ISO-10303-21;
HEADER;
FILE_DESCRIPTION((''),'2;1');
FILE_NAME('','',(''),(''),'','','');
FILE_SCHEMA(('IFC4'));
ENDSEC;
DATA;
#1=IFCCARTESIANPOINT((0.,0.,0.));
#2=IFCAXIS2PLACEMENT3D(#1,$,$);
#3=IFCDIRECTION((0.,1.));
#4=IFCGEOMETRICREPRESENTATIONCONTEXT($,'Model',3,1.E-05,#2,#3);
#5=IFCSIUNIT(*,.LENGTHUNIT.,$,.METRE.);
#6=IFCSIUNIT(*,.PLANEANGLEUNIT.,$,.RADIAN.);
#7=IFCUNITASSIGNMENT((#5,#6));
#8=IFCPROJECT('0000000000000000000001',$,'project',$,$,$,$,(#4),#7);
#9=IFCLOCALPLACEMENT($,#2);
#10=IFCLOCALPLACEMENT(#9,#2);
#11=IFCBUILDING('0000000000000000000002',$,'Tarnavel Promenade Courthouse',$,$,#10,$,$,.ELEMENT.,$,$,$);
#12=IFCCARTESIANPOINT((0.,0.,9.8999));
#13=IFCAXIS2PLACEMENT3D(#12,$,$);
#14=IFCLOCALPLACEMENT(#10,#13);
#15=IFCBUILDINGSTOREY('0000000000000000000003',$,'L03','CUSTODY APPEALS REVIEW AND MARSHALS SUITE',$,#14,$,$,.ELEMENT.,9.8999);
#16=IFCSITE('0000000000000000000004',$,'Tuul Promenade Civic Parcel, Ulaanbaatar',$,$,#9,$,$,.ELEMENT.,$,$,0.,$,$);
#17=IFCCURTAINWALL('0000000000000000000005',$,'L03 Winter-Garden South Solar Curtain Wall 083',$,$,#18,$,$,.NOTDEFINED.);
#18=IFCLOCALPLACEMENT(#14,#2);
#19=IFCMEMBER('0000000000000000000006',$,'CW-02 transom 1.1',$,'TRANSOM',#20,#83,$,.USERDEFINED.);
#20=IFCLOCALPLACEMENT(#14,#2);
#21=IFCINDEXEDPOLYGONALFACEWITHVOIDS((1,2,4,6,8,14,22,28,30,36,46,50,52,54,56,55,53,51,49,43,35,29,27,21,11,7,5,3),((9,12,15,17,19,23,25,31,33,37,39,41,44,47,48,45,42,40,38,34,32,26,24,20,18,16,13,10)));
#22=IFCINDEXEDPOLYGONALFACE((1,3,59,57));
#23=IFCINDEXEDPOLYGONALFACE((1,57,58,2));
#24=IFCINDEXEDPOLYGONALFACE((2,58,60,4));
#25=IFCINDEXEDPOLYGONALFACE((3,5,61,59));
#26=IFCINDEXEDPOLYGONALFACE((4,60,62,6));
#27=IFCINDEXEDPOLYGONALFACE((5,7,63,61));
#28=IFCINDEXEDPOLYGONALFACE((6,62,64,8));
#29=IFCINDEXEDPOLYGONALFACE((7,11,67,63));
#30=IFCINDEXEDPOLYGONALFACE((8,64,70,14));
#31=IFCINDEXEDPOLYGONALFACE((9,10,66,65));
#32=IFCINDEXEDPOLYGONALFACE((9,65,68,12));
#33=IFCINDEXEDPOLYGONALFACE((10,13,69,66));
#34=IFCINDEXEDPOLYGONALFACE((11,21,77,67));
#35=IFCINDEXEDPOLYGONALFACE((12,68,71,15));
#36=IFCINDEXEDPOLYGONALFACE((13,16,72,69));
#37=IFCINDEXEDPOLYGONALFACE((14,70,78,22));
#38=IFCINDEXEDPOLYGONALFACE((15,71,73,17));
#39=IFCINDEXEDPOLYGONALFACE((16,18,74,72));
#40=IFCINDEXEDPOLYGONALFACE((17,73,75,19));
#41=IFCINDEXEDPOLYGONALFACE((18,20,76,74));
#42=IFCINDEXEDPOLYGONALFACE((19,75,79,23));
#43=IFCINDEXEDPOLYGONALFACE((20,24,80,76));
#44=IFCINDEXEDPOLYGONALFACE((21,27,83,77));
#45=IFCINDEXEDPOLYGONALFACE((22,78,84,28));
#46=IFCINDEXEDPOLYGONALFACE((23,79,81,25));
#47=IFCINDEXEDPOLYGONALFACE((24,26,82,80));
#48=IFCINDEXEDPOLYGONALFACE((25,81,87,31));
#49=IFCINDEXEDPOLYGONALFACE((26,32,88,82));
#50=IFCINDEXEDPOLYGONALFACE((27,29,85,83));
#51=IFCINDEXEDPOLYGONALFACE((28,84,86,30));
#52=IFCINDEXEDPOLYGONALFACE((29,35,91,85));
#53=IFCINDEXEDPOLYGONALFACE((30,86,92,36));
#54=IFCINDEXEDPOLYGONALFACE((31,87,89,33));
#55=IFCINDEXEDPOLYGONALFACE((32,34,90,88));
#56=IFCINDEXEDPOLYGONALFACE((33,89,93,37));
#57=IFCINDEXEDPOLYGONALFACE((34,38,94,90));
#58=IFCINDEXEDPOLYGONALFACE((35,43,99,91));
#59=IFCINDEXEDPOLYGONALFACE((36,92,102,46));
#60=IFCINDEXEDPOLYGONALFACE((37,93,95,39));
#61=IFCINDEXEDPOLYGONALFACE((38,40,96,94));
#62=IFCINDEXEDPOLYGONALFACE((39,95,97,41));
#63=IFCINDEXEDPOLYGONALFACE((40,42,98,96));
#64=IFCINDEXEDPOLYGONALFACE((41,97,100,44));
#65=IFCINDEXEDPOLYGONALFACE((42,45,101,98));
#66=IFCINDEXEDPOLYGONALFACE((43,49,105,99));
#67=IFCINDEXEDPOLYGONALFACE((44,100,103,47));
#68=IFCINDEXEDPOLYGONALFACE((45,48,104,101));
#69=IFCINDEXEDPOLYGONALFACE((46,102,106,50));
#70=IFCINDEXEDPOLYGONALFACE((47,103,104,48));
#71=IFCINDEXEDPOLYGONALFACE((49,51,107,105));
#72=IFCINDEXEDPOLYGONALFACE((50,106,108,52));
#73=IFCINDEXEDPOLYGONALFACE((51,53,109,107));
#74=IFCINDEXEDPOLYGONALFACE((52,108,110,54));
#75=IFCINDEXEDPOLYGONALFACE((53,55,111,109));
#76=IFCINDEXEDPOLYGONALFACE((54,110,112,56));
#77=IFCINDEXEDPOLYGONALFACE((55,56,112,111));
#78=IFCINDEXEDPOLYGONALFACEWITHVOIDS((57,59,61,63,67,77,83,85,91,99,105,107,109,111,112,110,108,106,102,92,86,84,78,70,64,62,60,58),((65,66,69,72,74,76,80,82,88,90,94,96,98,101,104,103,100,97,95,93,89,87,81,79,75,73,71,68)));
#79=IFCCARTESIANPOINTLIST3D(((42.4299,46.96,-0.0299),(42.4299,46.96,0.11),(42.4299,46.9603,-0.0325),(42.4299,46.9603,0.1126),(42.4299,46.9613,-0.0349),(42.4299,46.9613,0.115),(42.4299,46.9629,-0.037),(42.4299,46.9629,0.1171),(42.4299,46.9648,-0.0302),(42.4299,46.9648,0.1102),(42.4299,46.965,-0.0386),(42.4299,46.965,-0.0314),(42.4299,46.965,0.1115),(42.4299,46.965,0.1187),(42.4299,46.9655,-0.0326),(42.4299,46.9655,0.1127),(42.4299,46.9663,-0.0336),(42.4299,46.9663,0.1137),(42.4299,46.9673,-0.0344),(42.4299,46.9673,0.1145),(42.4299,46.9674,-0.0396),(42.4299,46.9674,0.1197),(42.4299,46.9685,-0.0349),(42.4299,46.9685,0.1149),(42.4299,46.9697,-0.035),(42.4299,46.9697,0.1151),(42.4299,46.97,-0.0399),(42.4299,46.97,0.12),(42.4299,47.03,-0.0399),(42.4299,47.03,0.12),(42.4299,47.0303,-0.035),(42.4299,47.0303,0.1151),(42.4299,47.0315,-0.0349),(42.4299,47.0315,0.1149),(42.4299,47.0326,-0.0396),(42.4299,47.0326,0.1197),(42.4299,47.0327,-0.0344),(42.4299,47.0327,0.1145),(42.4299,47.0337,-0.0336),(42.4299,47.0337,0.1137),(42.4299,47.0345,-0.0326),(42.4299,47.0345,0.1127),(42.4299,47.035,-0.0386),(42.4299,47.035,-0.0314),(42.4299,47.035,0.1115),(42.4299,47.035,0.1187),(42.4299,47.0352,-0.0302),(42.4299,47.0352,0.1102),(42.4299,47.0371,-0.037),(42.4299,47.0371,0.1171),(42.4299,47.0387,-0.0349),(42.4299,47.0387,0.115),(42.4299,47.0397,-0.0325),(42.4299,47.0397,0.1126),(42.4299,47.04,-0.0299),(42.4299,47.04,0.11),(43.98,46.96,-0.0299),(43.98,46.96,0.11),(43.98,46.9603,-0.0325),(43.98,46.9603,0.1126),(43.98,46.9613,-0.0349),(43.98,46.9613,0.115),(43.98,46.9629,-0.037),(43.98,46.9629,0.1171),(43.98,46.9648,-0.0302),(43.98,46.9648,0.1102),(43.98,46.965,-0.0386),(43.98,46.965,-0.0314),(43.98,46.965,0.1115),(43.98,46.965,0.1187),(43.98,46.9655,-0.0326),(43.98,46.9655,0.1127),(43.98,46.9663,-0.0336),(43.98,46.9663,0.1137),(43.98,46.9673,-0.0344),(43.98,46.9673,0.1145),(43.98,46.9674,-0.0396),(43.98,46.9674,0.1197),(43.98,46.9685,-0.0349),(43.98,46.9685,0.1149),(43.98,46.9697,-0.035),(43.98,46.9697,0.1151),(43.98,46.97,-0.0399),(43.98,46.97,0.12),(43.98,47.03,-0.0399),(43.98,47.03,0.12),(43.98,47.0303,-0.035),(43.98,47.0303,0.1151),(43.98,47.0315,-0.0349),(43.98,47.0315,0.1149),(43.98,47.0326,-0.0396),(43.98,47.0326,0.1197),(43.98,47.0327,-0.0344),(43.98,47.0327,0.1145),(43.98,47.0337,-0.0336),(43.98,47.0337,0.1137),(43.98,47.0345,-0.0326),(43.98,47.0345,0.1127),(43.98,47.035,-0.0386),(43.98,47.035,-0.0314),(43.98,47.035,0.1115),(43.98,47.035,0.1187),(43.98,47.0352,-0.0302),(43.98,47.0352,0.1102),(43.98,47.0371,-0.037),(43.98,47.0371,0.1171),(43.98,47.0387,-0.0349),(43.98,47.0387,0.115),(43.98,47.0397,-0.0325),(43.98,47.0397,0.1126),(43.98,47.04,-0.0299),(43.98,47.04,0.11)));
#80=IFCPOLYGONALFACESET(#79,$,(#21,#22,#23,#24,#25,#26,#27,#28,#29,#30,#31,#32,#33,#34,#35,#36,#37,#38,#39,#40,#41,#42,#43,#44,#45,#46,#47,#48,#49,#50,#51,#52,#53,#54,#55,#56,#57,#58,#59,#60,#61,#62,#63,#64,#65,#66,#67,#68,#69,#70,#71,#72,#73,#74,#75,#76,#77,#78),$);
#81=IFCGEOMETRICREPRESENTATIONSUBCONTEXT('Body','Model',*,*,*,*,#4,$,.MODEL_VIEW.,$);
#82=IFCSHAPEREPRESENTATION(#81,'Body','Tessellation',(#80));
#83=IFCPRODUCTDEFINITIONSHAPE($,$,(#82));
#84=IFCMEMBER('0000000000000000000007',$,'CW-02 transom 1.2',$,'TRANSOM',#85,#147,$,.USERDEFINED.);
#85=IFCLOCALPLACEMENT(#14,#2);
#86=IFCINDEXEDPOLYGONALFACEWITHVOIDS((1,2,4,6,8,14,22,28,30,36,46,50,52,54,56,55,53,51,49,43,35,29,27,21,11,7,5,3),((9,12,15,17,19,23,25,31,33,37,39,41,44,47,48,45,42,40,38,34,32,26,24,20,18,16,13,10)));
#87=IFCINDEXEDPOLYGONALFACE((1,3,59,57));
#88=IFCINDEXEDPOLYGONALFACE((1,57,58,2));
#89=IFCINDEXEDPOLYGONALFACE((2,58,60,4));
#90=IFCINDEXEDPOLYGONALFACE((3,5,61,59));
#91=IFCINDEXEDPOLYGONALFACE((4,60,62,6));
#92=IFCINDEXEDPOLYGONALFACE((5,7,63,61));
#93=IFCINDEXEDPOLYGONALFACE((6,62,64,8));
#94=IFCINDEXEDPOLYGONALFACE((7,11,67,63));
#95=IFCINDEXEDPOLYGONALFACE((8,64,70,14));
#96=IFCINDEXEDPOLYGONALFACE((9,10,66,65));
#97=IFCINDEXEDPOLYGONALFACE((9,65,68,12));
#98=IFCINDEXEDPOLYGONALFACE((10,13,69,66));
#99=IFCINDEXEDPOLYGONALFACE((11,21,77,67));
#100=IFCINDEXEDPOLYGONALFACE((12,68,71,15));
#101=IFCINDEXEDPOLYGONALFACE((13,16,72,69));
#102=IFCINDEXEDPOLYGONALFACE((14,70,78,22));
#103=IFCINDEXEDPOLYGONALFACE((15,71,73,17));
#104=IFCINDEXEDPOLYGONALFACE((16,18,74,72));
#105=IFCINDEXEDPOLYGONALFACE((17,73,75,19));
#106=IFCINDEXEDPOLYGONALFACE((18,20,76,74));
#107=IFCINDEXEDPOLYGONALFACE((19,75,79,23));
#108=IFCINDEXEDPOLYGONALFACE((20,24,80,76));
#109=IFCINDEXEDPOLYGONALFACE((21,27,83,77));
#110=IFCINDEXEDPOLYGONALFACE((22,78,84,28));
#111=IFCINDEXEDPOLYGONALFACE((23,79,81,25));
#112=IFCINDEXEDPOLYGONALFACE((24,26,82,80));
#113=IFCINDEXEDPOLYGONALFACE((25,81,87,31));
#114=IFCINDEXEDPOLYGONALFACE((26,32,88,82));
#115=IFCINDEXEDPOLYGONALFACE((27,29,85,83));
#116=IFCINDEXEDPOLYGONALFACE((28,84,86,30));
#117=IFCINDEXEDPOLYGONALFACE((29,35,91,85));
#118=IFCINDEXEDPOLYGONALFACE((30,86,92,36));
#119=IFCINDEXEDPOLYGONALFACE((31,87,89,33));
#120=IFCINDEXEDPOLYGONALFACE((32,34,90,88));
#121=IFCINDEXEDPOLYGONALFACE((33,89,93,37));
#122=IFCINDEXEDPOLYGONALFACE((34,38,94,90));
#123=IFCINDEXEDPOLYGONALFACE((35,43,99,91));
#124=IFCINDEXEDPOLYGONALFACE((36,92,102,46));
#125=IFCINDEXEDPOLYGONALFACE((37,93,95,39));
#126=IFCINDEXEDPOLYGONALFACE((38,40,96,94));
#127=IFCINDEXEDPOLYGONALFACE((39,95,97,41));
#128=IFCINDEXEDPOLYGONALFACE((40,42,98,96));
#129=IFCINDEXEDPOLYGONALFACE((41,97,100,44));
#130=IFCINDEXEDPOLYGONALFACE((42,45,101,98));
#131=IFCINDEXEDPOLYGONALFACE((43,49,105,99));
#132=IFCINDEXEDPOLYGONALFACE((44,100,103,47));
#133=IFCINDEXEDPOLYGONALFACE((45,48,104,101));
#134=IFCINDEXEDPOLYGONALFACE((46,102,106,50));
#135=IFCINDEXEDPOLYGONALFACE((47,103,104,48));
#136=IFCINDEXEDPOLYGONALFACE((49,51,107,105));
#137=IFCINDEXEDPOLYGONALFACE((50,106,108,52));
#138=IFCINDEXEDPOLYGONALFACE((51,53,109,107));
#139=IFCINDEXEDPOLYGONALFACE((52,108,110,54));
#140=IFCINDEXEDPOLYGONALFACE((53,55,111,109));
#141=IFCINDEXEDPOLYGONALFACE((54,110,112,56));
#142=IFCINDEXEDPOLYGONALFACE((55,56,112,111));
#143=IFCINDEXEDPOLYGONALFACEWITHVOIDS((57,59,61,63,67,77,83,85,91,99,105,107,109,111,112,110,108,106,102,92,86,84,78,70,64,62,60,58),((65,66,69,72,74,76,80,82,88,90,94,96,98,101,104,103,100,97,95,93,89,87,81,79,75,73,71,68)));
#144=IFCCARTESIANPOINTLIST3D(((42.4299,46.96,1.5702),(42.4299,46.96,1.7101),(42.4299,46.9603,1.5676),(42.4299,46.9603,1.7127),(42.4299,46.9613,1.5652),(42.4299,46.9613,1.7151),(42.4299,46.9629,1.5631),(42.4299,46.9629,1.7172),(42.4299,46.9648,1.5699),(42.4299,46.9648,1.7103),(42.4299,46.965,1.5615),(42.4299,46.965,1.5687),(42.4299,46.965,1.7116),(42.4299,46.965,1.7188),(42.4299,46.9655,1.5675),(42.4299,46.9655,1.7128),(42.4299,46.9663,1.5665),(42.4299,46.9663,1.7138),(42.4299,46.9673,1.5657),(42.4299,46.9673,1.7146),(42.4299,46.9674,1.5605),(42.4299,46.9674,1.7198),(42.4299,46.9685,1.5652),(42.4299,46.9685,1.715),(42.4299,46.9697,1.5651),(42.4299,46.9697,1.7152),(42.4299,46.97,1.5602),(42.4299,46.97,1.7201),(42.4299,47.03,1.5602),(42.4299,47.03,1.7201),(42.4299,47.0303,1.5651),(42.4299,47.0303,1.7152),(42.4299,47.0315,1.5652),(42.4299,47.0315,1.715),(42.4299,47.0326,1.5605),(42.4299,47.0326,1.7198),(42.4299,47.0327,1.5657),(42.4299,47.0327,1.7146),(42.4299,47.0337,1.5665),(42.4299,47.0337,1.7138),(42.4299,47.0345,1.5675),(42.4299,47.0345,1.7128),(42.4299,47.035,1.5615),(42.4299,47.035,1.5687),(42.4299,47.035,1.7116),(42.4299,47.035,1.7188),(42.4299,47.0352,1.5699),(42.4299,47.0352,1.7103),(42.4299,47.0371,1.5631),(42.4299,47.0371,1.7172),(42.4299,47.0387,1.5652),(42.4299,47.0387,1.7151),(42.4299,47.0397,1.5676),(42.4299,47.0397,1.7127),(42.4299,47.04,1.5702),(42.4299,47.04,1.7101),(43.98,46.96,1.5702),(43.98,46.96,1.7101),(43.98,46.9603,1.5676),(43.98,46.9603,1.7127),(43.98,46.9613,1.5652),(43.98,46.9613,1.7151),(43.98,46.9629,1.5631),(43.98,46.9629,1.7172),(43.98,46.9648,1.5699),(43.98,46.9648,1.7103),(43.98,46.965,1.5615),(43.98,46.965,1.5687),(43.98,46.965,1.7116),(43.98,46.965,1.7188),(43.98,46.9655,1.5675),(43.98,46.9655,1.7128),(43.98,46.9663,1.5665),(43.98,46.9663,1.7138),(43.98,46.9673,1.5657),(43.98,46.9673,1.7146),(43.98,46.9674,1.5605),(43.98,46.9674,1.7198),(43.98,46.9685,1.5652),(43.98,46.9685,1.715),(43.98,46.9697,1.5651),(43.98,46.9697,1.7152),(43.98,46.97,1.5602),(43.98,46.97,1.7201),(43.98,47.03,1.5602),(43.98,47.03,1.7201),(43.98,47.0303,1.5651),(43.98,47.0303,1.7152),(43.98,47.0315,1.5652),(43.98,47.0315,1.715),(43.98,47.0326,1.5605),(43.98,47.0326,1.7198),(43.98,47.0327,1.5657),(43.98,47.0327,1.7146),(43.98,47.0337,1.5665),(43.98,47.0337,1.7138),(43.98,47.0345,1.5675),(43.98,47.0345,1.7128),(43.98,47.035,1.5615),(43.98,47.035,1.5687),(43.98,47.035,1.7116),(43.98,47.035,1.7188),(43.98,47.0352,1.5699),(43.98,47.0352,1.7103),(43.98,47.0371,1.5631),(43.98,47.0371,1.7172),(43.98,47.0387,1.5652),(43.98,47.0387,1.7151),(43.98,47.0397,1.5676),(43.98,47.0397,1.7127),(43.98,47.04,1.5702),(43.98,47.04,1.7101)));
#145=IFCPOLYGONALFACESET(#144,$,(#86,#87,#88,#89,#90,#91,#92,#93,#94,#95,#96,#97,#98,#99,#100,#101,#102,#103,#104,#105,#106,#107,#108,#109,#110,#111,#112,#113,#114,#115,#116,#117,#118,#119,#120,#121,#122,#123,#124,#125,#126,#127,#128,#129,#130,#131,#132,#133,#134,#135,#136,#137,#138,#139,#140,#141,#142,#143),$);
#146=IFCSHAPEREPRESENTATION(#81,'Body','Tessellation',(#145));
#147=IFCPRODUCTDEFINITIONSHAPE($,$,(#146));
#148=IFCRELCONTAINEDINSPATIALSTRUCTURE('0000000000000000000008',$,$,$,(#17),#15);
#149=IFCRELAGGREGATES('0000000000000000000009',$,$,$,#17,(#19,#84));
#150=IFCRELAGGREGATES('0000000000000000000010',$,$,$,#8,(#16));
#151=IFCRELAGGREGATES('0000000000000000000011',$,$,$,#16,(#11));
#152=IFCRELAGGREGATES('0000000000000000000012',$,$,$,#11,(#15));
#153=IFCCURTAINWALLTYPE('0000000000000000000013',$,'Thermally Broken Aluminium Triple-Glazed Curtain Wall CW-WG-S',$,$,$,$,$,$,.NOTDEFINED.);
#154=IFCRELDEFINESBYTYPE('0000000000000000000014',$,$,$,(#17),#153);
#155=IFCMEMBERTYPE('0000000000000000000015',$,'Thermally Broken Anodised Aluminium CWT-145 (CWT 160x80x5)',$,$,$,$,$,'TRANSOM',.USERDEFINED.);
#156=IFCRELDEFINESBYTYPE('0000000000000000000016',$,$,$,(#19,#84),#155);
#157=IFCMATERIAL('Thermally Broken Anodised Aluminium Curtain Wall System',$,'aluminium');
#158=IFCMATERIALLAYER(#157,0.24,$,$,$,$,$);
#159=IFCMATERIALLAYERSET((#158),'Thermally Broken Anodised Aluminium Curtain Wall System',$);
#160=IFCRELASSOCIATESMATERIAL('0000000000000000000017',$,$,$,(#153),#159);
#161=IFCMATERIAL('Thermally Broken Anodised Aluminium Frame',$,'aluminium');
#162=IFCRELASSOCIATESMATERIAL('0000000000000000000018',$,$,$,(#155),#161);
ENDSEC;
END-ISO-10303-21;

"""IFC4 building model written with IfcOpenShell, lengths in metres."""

from ifc_helpers import new_model, si_unit, direction, frame, origin, origin_2d, place, context, subcontext, project, spatial, hollow_rectangle, extrude, material, layer, layer_set, material_profile, profile_set, type_object, element, aggregate, save


model = new_model("IFC4")

# Units and contexts
model_context = context("Model", 3, precision=1e-05, world=origin(), true_north=direction((0.0, 1.0)))
body_context = subcontext(model_context, "Body", "Model", "MODEL_VIEW")
ifc_project = project(units=[si_unit("LENGTHUNIT", "METRE"), si_unit("PLANEANGLEUNIT", "RADIAN")], contexts=[model_context])

# Site, building, storey
site_placement = place(None, origin())
site = spatial("IfcSite", under=ifc_project, at=site_placement, Name="Tuul Promenade Civic Parcel, Ulaanbaatar", CompositionType="ELEMENT", RefElevation=0.0)
building_placement = place(site_placement, origin())
building = spatial("IfcBuilding", under=site, at=building_placement, Name="Tarnavel Promenade Courthouse", CompositionType="ELEMENT")
storey_placement = place(building_placement, frame((0.0, 0.0, 9.8999)))
storey = spatial("IfcBuildingStorey", under=building, at=storey_placement, Name="L03", Description="CUSTODY APPEALS REVIEW AND MARSHALS SUITE", CompositionType="ELEMENT", Elevation=9.8999)

# Shared definitions
ifc_material_1 = material(Name="Thermally Broken Anodised Aluminium Curtain Wall System", Category="aluminium")
ifc_layer_1 = layer(ifc_material_1, 0.24)
ifc_layer_set_1 = layer_set([ifc_layer_1], Name="Thermally Broken Anodised Aluminium Curtain Wall System")
curtain_wall_type = type_object("IfcCurtainWallType", Name="Thermally Broken Aluminium Triple-Glazed Curtain Wall CW-WG-S", PredefinedType="NOTDEFINED", material=ifc_layer_set_1)
ifc_material_2 = material(Name="Thermally Broken Anodised Aluminium Frame", Category="aluminium")

# Curtain wall, members
curtain_wall_1_placement = place(storey_placement, origin())
curtain_wall_1 = element("IfcCurtainWall", 1, at=curtain_wall_1_placement, inside=storey, type_object=curtain_wall_type, Name="L03 Winter-Garden South Solar Curtain Wall 083", PredefinedType="NOTDEFINED")
ifc_material_profile_1 = material_profile(ifc_material_2, hollow_rectangle(XDim=0.0801, YDim=0.1599, WallThickness=0.0049, InnerFilletRadius=0.0049, OuterFilletRadius=0.01, at=origin_2d()), Name="CWT 160x80x5")
ifc_profile_set_1 = profile_set([ifc_material_profile_1], Name="Thermally Broken Anodised Aluminium Frame")
member_type_1 = type_object("IfcMemberType", Name="Thermally Broken Anodised Aluminium CWT-145 (CWT 160x80x5)", ElementType="TRANSOM", PredefinedType="USERDEFINED", material=ifc_profile_set_1)
member_1_placement = place(storey_placement, frame((42.4299, 47.0, 0.04), z_axis=(1.0, 0.0, 0.0), x_axis=(0.0, 1.0, 0.0)))
member_1 = element("IfcMember", 2, at=member_1_placement, type_object=member_type_1, Name="CW-02 transom 1.1", ObjectType="TRANSOM", PredefinedType="USERDEFINED", context=body_context, shape_type="SweptSolid", body=[
    extrude(hollow_rectangle(XDim=0.0801, YDim=0.1599, WallThickness=0.0049, InnerFilletRadius=0.0049, OuterFilletRadius=0.01, at=origin_2d()), origin(), (0.0, 0.0, 1.0), 1.55),
])
member_2_placement = place(storey_placement, frame((42.4299, 47.0, 1.6401), z_axis=(1.0, 0.0, 0.0), x_axis=(0.0, 1.0, 0.0)))
member_2 = element("IfcMember", 3, at=member_2_placement, type_object=member_type_1, Name="CW-02 transom 1.2", ObjectType="TRANSOM", PredefinedType="USERDEFINED", context=body_context, shape_type="SweptSolid", body=[
    extrude(hollow_rectangle(XDim=0.0801, YDim=0.1599, WallThickness=0.0049, InnerFilletRadius=0.0049, OuterFilletRadius=0.01, at=origin_2d()), origin(), (0.0, 0.0, 1.0), 1.55),
])

aggregate(curtain_wall_1, [member_1, member_2])

save(model, "model.ifc")
